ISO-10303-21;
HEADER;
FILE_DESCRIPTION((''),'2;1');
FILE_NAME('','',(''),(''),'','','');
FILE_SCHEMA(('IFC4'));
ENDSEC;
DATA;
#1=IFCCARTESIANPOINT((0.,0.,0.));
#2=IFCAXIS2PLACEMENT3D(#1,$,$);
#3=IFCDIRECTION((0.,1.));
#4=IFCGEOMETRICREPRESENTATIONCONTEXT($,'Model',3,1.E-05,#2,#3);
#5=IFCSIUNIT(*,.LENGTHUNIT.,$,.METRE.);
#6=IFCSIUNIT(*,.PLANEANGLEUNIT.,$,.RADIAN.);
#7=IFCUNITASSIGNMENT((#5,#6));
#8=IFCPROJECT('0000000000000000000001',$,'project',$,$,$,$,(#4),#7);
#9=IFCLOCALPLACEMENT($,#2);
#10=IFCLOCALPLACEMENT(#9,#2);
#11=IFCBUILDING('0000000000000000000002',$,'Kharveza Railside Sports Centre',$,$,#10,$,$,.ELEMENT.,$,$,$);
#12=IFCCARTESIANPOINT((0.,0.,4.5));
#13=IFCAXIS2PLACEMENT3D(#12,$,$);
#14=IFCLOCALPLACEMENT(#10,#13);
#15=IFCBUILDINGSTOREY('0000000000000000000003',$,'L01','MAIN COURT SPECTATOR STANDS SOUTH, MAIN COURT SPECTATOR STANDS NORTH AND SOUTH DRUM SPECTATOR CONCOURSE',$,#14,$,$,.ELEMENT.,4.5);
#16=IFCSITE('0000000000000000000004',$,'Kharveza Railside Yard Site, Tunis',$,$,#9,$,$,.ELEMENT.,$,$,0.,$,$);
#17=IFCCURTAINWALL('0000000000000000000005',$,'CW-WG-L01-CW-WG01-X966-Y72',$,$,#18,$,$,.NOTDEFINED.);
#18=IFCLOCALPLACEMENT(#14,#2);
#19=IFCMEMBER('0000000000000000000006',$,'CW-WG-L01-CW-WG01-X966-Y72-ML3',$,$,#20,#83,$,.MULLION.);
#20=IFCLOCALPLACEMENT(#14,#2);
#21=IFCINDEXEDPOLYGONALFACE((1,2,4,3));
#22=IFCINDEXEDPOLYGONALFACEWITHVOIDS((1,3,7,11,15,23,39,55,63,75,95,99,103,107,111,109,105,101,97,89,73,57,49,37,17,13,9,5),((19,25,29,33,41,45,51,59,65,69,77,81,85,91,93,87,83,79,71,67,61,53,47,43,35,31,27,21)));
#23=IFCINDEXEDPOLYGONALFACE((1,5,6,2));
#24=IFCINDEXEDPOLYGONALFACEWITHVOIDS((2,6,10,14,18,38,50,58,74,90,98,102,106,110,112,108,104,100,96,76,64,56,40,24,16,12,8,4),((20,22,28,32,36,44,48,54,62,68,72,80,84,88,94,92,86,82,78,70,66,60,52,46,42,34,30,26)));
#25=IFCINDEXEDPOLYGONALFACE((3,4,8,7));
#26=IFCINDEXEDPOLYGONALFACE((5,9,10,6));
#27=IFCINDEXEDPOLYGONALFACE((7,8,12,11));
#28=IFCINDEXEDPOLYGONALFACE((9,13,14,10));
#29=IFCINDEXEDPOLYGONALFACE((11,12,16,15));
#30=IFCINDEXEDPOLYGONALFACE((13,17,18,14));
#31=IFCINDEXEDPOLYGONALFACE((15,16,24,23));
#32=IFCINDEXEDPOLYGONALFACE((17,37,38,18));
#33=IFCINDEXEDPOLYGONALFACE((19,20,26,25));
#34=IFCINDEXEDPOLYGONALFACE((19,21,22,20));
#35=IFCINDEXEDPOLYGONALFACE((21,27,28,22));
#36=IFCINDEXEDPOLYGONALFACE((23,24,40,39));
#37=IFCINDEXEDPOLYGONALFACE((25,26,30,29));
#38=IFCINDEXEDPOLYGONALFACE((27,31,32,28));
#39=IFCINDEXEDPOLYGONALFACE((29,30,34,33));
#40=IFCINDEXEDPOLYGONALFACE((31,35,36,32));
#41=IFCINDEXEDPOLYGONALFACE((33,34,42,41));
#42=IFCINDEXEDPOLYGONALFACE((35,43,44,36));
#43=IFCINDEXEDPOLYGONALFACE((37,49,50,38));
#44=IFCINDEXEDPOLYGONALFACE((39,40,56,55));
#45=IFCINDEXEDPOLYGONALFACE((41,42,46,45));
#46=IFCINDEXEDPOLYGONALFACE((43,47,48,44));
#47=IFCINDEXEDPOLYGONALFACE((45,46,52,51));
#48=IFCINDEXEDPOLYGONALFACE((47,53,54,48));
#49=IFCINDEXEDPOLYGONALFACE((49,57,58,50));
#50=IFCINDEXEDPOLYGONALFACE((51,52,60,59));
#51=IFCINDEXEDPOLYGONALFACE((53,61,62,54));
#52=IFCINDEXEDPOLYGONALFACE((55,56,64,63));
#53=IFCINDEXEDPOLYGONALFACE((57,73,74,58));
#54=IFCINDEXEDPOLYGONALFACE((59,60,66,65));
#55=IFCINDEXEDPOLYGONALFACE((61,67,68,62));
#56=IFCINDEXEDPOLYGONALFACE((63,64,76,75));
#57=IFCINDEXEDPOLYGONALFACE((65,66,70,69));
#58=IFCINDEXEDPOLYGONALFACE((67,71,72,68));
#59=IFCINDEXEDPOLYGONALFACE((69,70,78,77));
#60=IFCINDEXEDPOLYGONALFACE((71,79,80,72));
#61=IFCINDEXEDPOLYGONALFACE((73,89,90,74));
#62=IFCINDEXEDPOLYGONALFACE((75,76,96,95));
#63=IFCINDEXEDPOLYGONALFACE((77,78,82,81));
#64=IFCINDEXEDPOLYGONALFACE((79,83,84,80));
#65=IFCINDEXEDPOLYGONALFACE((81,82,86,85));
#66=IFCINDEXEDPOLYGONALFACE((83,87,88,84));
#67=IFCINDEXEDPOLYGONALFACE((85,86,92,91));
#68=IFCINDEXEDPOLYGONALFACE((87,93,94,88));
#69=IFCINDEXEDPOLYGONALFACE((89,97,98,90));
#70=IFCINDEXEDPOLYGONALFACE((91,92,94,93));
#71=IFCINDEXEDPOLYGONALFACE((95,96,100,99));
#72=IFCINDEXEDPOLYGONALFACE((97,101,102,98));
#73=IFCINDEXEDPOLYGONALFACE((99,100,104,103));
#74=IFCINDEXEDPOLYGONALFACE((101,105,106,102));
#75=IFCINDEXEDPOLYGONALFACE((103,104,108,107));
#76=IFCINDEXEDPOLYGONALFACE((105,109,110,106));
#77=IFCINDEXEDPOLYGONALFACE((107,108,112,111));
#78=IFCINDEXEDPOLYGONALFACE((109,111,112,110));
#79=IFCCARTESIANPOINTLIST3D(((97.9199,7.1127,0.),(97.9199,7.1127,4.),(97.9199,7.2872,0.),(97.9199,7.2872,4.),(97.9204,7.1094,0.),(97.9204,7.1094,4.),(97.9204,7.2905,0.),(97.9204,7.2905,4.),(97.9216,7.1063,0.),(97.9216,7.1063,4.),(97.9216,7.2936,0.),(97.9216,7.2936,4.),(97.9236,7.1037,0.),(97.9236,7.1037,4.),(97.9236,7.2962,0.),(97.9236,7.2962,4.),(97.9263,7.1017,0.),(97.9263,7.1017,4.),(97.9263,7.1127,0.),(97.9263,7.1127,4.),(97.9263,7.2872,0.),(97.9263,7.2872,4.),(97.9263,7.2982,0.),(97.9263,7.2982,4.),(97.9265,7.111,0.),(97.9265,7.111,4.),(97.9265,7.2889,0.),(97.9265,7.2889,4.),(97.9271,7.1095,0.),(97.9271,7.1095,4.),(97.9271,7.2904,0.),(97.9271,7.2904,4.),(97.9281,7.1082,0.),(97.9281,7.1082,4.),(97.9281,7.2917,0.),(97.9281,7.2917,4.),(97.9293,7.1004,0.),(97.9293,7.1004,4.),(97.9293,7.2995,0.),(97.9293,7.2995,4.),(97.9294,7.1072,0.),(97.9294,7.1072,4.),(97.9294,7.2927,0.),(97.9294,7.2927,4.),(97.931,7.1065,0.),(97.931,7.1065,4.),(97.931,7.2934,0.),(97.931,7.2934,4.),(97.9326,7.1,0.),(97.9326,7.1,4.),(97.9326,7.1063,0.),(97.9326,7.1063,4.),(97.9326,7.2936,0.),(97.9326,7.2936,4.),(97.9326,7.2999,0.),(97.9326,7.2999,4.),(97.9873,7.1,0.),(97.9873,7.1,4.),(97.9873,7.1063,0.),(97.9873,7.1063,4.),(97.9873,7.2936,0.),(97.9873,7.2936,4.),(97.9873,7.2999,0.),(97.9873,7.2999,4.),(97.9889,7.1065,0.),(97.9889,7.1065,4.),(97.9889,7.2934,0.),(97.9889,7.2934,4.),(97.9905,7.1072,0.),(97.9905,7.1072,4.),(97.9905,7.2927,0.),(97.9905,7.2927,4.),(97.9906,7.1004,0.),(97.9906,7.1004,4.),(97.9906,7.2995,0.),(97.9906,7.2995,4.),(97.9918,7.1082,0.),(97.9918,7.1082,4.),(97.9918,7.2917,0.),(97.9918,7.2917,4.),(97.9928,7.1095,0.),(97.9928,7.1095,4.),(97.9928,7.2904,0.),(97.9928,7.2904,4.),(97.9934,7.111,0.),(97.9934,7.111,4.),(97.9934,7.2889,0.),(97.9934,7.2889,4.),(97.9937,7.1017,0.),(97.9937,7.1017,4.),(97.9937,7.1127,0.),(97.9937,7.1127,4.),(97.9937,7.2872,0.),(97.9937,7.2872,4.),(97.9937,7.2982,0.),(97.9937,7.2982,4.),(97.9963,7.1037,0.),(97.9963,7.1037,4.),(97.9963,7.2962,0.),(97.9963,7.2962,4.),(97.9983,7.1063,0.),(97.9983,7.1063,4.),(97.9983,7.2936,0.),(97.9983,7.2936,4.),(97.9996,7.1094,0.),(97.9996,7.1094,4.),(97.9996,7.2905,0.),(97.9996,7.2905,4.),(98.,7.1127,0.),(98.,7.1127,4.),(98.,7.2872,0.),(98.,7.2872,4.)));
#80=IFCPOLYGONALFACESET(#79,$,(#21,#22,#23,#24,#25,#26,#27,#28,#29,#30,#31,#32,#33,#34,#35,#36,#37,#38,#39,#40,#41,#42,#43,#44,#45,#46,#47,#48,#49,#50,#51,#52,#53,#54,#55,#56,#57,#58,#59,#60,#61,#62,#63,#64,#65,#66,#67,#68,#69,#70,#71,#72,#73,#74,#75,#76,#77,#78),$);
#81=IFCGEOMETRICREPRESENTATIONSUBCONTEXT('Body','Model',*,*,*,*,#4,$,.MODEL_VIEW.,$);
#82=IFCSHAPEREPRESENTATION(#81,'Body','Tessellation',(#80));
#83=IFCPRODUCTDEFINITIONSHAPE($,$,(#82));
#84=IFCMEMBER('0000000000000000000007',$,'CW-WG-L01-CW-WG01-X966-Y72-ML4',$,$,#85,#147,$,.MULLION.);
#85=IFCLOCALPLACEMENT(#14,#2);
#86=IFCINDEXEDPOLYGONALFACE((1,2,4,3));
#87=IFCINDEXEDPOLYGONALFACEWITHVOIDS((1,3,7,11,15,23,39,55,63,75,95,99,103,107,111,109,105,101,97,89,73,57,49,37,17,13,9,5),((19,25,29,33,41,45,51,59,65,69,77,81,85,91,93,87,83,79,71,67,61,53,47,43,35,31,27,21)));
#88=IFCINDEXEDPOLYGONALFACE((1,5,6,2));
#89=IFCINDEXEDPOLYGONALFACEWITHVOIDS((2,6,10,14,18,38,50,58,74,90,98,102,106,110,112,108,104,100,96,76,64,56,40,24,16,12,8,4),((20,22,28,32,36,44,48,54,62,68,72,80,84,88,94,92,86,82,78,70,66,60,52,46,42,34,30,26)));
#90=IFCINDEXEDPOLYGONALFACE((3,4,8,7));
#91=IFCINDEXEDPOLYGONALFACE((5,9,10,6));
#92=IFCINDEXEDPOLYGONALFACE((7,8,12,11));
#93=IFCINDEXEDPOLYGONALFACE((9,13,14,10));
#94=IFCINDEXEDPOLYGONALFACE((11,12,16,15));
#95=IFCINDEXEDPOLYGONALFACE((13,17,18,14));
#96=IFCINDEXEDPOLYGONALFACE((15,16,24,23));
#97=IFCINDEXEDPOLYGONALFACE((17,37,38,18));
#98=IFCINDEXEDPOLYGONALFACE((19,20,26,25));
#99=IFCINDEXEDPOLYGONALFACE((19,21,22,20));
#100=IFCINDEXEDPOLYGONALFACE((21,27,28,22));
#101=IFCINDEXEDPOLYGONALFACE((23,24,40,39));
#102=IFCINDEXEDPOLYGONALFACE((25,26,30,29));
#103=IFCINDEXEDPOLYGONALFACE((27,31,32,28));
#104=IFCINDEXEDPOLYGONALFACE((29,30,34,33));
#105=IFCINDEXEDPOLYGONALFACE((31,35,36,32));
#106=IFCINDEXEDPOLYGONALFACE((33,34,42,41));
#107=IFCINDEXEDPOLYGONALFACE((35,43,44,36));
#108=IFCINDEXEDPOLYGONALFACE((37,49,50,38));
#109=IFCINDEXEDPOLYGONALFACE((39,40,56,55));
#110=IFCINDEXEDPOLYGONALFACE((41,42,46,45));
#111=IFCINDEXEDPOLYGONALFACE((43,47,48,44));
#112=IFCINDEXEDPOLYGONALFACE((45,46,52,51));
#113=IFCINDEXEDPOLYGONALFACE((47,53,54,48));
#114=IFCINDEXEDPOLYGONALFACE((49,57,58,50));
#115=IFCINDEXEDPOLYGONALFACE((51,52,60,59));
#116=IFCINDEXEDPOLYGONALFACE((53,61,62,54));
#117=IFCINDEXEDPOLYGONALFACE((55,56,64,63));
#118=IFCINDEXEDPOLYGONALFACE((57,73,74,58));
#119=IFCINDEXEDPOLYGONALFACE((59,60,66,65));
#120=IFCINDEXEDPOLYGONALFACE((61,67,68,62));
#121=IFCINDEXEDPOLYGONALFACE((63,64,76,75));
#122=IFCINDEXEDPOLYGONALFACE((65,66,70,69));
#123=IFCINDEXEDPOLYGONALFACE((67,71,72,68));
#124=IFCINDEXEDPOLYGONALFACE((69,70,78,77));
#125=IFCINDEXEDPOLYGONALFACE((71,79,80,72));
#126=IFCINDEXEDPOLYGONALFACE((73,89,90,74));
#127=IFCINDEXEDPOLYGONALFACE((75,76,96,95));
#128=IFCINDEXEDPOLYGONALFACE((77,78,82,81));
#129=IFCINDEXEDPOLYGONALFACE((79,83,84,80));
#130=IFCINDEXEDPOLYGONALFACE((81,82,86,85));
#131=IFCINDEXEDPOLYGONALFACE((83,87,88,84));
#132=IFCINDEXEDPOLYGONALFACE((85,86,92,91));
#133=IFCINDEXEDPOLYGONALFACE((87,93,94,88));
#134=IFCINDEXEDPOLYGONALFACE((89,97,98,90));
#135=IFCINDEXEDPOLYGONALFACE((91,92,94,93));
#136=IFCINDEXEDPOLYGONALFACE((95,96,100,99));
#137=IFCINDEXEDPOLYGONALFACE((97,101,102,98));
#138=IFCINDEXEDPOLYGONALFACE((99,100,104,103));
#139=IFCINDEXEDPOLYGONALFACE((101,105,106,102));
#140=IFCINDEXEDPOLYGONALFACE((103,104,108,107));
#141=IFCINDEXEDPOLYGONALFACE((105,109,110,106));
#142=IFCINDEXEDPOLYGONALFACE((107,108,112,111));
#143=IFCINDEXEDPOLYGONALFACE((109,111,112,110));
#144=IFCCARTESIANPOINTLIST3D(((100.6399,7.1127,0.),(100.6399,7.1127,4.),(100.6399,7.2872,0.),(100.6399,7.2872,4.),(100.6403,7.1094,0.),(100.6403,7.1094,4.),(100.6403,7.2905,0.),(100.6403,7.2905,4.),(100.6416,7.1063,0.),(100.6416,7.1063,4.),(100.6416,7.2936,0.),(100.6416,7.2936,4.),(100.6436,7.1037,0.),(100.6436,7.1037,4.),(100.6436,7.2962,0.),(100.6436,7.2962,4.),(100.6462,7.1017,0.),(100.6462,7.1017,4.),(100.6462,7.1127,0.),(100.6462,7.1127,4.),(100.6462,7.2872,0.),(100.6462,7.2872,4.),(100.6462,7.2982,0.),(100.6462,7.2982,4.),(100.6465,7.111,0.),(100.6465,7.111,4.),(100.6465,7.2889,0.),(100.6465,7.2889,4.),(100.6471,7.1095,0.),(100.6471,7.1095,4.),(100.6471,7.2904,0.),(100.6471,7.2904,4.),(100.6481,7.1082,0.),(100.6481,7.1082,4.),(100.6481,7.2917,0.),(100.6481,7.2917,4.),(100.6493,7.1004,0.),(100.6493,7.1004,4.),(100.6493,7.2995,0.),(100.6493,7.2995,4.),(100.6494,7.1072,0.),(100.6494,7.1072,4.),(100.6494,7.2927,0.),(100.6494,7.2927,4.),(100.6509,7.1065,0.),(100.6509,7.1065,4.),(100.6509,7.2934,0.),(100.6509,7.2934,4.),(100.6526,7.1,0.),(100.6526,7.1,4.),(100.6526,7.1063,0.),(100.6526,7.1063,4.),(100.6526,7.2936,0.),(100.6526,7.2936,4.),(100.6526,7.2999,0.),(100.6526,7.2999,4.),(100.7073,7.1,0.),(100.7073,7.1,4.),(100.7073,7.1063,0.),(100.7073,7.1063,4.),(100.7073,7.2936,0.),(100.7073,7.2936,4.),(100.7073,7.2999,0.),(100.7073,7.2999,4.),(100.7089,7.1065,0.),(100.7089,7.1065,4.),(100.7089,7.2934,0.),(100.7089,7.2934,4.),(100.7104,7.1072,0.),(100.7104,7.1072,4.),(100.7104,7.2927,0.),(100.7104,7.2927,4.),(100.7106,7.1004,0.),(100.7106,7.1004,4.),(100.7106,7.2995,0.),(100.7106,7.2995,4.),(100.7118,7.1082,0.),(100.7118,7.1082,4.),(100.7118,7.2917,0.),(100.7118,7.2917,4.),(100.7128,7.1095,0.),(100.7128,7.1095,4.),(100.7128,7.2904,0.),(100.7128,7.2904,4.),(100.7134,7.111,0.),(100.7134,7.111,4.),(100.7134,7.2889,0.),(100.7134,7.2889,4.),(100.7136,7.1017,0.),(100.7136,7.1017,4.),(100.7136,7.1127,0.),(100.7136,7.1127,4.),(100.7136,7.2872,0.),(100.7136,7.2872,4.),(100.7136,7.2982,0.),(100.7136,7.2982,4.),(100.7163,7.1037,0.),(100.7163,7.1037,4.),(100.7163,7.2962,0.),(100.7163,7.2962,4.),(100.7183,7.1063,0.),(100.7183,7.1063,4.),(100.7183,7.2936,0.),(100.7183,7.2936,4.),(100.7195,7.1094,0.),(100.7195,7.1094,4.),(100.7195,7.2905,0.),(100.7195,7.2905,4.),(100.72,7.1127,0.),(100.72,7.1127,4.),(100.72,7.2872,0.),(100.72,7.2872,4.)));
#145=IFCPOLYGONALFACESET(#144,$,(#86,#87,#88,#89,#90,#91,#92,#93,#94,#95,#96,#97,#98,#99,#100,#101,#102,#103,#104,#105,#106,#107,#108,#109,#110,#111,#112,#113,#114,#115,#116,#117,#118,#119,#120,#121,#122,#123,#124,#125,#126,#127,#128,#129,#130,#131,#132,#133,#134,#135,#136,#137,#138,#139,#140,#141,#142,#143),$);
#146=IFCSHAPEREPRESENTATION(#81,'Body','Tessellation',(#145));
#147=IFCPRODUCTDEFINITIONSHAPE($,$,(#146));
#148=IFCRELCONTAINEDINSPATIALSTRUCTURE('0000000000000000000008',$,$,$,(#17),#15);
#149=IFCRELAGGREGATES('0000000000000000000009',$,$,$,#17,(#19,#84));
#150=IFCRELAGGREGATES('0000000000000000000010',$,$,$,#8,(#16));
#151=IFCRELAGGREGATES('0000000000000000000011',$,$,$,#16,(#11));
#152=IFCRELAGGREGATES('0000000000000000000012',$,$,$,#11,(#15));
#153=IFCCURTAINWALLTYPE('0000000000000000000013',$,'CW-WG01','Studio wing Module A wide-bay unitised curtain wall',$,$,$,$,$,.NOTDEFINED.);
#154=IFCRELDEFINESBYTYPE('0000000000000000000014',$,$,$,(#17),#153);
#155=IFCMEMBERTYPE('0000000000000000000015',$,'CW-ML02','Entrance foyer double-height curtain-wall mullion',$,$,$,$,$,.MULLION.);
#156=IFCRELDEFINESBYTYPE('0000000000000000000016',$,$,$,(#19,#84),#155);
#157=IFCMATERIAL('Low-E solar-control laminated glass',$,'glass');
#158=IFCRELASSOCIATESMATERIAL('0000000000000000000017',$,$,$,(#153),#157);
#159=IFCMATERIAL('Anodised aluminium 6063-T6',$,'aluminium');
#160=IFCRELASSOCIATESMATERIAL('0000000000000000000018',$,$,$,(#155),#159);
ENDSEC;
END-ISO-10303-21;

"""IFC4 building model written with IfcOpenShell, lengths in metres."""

from ifc_helpers import new_model, si_unit, direction, frame, origin, origin_2d, place, context, subcontext, project, spatial, hollow_rectangle, extrude, material, material_profile, profile_set, type_object, element, aggregate, save


model = new_model("IFC4")

# Units and contexts
model_context = context("Model", 3, precision=1e-05, world=origin(), true_north=direction((0.0, 1.0)))
body_context = subcontext(model_context, "Body", "Model", "MODEL_VIEW")
ifc_project = project(units=[si_unit("LENGTHUNIT", "METRE"), si_unit("PLANEANGLEUNIT", "RADIAN")], contexts=[model_context])

# Site, building, storey
site_placement = place(None, origin())
site = spatial("IfcSite", under=ifc_project, at=site_placement, Name="Kharveza Railside Yard Site, Tunis", CompositionType="ELEMENT", RefElevation=0.0)
building_placement = place(site_placement, origin())
building = spatial("IfcBuilding", under=site, at=building_placement, Name="Kharveza Railside Sports Centre", CompositionType="ELEMENT")
storey_placement = place(building_placement, frame((0.0, 0.0, 4.5)))
storey = spatial("IfcBuildingStorey", under=building, at=storey_placement, Name="L01", Description="MAIN COURT SPECTATOR STANDS SOUTH, MAIN COURT SPECTATOR STANDS NORTH AND SOUTH DRUM SPECTATOR CONCOURSE", CompositionType="ELEMENT", Elevation=4.5)

# Curtain wall, members
ifc_material_1 = material(Name="Low-E solar-control laminated glass", Category="glass")
curtain_wall_type = type_object("IfcCurtainWallType", Name="CW-WG01", Description="Studio wing Module A wide-bay unitised curtain wall", PredefinedType="NOTDEFINED", material=ifc_material_1)
curtain_wall_1_placement = place(storey_placement, origin())
curtain_wall_1 = element("IfcCurtainWall", 1, at=curtain_wall_1_placement, inside=storey, type_object=curtain_wall_type, Name="CW-WG-L01-CW-WG01-X966-Y72", PredefinedType="NOTDEFINED")
ifc_material_2 = material(Name="Anodised aluminium 6063-T6", Category="aluminium")
ifc_material_profile_1 = material_profile(ifc_material_2, hollow_rectangle(XDim=0.0801, YDim=0.2, WallThickness=0.0063, InnerFilletRadius=0.0063, OuterFilletRadius=0.0127, at=origin_2d()), Name="RHS 80x200x6.3")
ifc_profile_set_1 = profile_set([ifc_material_profile_1], Name="Anodised aluminium 6063-T6")
member_type_1 = type_object("IfcMemberType", Name="CW-ML02", Description="Entrance foyer double-height curtain-wall mullion", PredefinedType="MULLION", material=ifc_profile_set_1)
member_1_placement = place(storey_placement, frame((97.96, 7.2, 0.0), z_axis=(0.0, 0.0, 1.0), x_axis=(1.0, 0.0, 0.0)))
member_1 = element("IfcMember", 2, at=member_1_placement, type_object=member_type_1, Name="CW-WG-L01-CW-WG01-X966-Y72-ML3", PredefinedType="MULLION", context=body_context, shape_type="SweptSolid", body=[
    extrude(hollow_rectangle(XDim=0.0801, YDim=0.2, WallThickness=0.0063, InnerFilletRadius=0.0063, OuterFilletRadius=0.0127, at=origin_2d()), origin(), (0.0, 0.0, 1.0), 4.0),
])
member_2_placement = place(storey_placement, frame((100.6799, 7.2, 0.0), z_axis=(0.0, 0.0, 1.0), x_axis=(1.0, 0.0, 0.0)))
member_2 = element("IfcMember", 3, at=member_2_placement, type_object=member_type_1, Name="CW-WG-L01-CW-WG01-X966-Y72-ML4", PredefinedType="MULLION", context=body_context, shape_type="SweptSolid", body=[
    extrude(hollow_rectangle(XDim=0.0801, YDim=0.2, WallThickness=0.0063, InnerFilletRadius=0.0063, OuterFilletRadius=0.0127, at=origin_2d()), origin(), (0.0, 0.0, 1.0), 4.0),
])

aggregate(curtain_wall_1, [member_1, member_2])

save(model, "model.ifc")
